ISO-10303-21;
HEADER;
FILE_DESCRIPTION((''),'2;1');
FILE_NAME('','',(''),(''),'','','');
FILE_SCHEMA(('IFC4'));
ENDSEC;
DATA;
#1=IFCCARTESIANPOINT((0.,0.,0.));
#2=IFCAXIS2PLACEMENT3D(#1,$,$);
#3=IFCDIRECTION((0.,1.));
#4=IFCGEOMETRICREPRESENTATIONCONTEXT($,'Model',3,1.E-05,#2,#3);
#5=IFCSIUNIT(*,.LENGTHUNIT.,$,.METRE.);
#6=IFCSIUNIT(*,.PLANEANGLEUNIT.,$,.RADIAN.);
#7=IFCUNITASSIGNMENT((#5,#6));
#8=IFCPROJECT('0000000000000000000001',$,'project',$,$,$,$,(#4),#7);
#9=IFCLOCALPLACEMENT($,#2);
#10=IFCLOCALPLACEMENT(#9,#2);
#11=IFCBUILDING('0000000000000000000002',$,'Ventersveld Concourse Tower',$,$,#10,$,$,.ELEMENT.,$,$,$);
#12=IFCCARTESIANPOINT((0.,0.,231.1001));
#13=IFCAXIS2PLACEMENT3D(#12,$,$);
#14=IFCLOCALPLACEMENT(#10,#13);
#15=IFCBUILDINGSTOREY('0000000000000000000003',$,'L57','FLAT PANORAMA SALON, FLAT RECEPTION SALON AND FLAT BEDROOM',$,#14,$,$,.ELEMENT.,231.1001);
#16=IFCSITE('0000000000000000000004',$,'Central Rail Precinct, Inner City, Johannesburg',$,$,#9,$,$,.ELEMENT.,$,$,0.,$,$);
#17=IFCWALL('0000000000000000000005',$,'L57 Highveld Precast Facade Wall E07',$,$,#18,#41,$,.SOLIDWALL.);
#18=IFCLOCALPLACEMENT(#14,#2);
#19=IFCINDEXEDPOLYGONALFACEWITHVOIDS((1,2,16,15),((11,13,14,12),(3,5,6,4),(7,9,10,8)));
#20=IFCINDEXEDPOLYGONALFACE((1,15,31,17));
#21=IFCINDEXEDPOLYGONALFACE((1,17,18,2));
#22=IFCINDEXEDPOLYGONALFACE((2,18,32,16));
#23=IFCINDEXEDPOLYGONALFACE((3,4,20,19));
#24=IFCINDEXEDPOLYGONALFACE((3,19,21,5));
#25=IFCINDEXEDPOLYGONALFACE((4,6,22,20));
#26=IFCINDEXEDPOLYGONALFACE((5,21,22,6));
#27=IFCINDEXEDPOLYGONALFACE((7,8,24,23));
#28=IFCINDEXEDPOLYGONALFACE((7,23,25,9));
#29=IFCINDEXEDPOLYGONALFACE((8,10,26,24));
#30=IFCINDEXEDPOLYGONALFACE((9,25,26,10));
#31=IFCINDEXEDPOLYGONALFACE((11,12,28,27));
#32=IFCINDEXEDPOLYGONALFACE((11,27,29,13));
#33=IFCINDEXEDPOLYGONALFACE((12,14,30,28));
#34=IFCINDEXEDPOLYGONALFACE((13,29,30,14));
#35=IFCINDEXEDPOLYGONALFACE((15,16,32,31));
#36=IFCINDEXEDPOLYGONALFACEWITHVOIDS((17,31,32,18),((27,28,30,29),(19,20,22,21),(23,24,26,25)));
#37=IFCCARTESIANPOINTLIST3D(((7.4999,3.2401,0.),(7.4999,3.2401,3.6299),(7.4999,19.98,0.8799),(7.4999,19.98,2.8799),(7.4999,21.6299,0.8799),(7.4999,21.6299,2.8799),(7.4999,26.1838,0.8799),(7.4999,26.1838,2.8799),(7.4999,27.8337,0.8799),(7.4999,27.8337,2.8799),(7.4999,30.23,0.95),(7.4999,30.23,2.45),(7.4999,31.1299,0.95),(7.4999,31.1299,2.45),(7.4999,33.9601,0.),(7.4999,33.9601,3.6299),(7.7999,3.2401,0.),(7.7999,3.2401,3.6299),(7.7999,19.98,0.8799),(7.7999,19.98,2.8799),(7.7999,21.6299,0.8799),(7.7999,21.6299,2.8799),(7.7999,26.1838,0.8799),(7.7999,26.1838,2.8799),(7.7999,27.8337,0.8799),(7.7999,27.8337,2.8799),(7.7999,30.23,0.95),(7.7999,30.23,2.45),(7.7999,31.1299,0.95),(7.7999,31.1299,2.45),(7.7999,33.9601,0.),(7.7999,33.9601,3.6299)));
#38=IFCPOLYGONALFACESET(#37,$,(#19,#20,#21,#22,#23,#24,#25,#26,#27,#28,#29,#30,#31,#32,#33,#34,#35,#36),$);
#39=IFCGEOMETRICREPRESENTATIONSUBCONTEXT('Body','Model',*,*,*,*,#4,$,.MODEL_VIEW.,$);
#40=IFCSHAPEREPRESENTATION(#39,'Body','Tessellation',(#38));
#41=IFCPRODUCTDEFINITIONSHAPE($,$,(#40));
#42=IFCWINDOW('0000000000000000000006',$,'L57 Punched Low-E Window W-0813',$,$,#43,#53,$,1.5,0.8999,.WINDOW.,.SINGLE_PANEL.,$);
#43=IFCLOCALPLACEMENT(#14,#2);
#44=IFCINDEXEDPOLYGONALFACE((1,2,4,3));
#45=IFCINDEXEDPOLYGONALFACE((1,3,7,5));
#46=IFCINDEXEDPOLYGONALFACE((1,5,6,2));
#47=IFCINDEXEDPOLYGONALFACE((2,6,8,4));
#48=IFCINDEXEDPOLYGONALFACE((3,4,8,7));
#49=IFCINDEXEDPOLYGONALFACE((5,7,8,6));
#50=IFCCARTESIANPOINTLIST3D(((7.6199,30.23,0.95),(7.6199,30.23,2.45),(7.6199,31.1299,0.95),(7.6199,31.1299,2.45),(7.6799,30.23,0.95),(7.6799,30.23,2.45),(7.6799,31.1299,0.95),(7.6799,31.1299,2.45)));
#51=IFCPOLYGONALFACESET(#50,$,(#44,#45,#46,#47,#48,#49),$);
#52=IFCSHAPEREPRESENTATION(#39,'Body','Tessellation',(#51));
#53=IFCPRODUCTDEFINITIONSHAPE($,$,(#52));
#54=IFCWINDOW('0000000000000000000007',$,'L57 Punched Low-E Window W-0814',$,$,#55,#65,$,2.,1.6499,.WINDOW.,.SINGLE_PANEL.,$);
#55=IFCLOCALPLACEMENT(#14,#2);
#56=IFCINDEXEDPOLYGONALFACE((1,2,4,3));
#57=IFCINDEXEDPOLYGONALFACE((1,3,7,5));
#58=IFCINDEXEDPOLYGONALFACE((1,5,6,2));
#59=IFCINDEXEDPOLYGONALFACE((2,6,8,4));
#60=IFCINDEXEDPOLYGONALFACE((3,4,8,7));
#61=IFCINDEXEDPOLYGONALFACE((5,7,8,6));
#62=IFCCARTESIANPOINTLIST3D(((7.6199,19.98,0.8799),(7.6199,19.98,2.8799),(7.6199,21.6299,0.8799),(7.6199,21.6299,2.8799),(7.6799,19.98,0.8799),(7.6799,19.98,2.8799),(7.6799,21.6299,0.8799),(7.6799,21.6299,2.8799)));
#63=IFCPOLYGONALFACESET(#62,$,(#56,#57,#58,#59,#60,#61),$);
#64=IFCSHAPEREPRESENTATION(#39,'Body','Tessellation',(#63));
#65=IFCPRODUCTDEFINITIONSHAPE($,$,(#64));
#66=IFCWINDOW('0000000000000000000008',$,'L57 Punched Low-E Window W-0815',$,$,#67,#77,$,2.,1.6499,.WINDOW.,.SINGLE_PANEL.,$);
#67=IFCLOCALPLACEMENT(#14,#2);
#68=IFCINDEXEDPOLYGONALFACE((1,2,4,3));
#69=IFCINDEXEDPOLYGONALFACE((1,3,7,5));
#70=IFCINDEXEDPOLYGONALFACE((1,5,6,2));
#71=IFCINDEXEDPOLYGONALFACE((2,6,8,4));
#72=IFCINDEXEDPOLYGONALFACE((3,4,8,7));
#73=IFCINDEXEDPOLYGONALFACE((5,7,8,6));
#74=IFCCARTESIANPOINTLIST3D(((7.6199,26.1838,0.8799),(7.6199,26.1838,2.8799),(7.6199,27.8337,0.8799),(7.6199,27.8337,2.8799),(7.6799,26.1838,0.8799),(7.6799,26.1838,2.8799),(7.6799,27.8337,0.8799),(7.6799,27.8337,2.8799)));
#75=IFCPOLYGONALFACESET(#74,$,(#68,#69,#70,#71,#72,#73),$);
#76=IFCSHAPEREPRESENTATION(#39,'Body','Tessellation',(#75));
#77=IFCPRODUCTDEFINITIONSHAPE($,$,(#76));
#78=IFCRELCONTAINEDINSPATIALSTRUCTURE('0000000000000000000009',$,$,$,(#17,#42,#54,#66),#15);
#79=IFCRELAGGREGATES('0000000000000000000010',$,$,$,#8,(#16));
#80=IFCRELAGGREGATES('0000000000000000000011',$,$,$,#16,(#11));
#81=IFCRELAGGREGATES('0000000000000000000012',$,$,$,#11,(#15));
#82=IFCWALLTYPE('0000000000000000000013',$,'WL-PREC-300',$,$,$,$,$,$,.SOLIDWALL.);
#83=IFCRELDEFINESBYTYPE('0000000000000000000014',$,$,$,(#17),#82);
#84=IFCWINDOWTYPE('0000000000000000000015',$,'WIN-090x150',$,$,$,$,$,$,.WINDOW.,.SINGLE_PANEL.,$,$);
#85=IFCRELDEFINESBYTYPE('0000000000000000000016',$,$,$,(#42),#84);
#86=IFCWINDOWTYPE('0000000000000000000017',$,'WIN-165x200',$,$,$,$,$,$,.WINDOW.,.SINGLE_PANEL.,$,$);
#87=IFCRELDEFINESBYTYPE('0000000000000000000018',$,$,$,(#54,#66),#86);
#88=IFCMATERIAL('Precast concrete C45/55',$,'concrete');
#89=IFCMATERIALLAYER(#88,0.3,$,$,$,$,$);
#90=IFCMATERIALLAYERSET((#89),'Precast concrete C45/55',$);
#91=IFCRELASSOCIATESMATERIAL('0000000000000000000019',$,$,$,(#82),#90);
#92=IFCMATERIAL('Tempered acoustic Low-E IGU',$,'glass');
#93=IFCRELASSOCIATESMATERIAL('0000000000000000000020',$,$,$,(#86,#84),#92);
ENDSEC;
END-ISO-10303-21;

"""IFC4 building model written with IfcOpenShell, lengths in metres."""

from ifc_helpers import new_model, si_unit, direction, frame, frame_2d, origin, place, context, subcontext, project, spatial, rectangle, extrude, material, layer, layer_set, type_object, element, fill, save


model = new_model("IFC4")

# Units and contexts
model_context = context("Model", 3, precision=1e-05, world=origin(), true_north=direction((0.0, 1.0)))
body_context = subcontext(model_context, "Body", "Model", "MODEL_VIEW")
ifc_project = project(units=[si_unit("LENGTHUNIT", "METRE"), si_unit("PLANEANGLEUNIT", "RADIAN")], contexts=[model_context])

# Site, building, storey
site_placement = place(None, origin())
site = spatial("IfcSite", under=ifc_project, at=site_placement, Name="Central Rail Precinct, Inner City, Johannesburg", CompositionType="ELEMENT", RefElevation=0.0)
building_placement = place(site_placement, origin())
building = spatial("IfcBuilding", under=site, at=building_placement, Name="Ventersveld Concourse Tower", CompositionType="ELEMENT")
storey_placement = place(building_placement, frame((0.0, 0.0, 231.1001)))
storey = spatial("IfcBuildingStorey", under=building, at=storey_placement, Name="L57", Description="FLAT PANORAMA SALON, FLAT RECEPTION SALON AND FLAT BEDROOM", CompositionType="ELEMENT", Elevation=231.1001)

# Shared definitions
ifc_material_1 = material(Name="Precast concrete C45/55", Category="concrete")
ifc_layer_1 = layer(ifc_material_1, 0.3)
ifc_layer_set_1 = layer_set([ifc_layer_1], Name="Precast concrete C45/55")
wall_type_1 = type_object("IfcWallType", Name="WL-PREC-300", PredefinedType="SOLIDWALL", material=ifc_layer_set_1)
ifc_material_2 = material(Name="Tempered acoustic Low-E IGU", Category="glass")
window_type_1 = type_object("IfcWindowType", Name="WIN-165x200", PartitioningType="SINGLE_PANEL", PredefinedType="WINDOW", material=ifc_material_2)

# Wall, openings, windows
wall_1_placement = place(storey_placement, frame((7.6499, 33.96, 0.0), z_axis=(0.0, 0.0, 1.0), x_axis=(0.0, -1.0, 0.0)))
wall_1 = element("IfcWall", 1, at=wall_1_placement, inside=storey, type_object=wall_type_1, Name="L57 Highveld Precast Facade Wall E07", PredefinedType="SOLIDWALL", context=body_context, shape_type="SweptSolid", body=[
    extrude(rectangle(XDim=30.72, YDim=0.3, at=frame_2d((15.3599, 0.0))), origin(), (0.0, 0.0, 1.0), 3.6299),
])
opening_1_placement = place(wall_1_placement, frame((2.8301, 0.0, 0.95)))
opening_1 = element("IfcOpeningElement", 2, at=opening_1_placement, cuts=wall_1, PredefinedType="OPENING", context=body_context, shape_type="SweptSolid", body=[
    extrude(rectangle(XDim=0.8999, YDim=1.5, at=frame_2d((0.45, 0.75))), frame((0.0, 0.1602, 0.0), z_axis=(0.0, -1.0, 0.0), x_axis=(1.0, 0.0, 0.0)), (0.0, 0.0, 1.0), 0.3201),
])
opening_2_placement = place(wall_1_placement, frame((12.3301, 0.0, 0.8799)))
opening_2 = element("IfcOpeningElement", 3, at=opening_2_placement, cuts=wall_1, PredefinedType="OPENING", context=body_context, shape_type="SweptSolid", body=[
    extrude(rectangle(XDim=1.6499, YDim=2.0, at=frame_2d((0.825, 1.0))), frame((0.0, 0.1602, 0.0), z_axis=(0.0, -1.0, 0.0), x_axis=(1.0, 0.0, 0.0)), (0.0, 0.0, 1.0), 0.3201),
])
opening_3_placement = place(wall_1_placement, frame((6.1262, 0.0, 0.8799)))
opening_3 = element("IfcOpeningElement", 4, at=opening_3_placement, cuts=wall_1, PredefinedType="OPENING", context=body_context, shape_type="SweptSolid", body=[
    extrude(rectangle(XDim=1.6499, YDim=2.0, at=frame_2d((0.825, 1.0))), frame((0.0, 0.1602, 0.0), z_axis=(0.0, -1.0, 0.0), x_axis=(1.0, 0.0, 0.0)), (0.0, 0.0, 1.0), 0.3201),
])
window_type_2 = type_object("IfcWindowType", Name="WIN-090x150", PartitioningType="SINGLE_PANEL", PredefinedType="WINDOW", material=ifc_material_2)
window_1_placement = place(opening_1_placement, origin())
window_1 = element("IfcWindow", 5, at=window_1_placement, inside=storey, type_object=window_type_2, Name="L57 Punched Low-E Window W-0813", OverallHeight=1.5, OverallWidth=0.8999, PartitioningType="SINGLE_PANEL", PredefinedType="WINDOW", context=body_context, shape_type="SweptSolid", body=[
    extrude(rectangle(XDim=0.8999, YDim=1.5, at=frame_2d((0.45, 0.75))), frame((0.0, 0.03, 0.0), z_axis=(0.0, -1.0, 0.0), x_axis=(1.0, 0.0, 0.0)), (0.0, 0.0, 1.0), 0.0601),
])
fill(opening_1, window_1)
window_2_placement = place(opening_2_placement, origin())
window_2 = element("IfcWindow", 6, at=window_2_placement, inside=storey, type_object=window_type_1, Name="L57 Punched Low-E Window W-0814", OverallHeight=2.0, OverallWidth=1.6499, PartitioningType="SINGLE_PANEL", PredefinedType="WINDOW", context=body_context, shape_type="SweptSolid", body=[
    extrude(rectangle(XDim=1.6499, YDim=2.0, at=frame_2d((0.825, 1.0))), frame((0.0, 0.03, 0.0), z_axis=(0.0, -1.0, 0.0), x_axis=(1.0, 0.0, 0.0)), (0.0, 0.0, 1.0), 0.0601),
])
fill(opening_2, window_2)
window_3_placement = place(opening_3_placement, origin())
window_3 = element("IfcWindow", 7, at=window_3_placement, inside=storey, type_object=window_type_1, Name="L57 Punched Low-E Window W-0815", OverallHeight=2.0, OverallWidth=1.6499, PartitioningType="SINGLE_PANEL", PredefinedType="WINDOW", context=body_context, shape_type="SweptSolid", body=[
    extrude(rectangle(XDim=1.6499, YDim=2.0, at=frame_2d((0.825, 1.0))), frame((0.0, 0.03, 0.0), z_axis=(0.0, -1.0, 0.0), x_axis=(1.0, 0.0, 0.0)), (0.0, 0.0, 1.0), 0.0601),
])
fill(opening_3, window_3)

save(model, "model.ifc")
